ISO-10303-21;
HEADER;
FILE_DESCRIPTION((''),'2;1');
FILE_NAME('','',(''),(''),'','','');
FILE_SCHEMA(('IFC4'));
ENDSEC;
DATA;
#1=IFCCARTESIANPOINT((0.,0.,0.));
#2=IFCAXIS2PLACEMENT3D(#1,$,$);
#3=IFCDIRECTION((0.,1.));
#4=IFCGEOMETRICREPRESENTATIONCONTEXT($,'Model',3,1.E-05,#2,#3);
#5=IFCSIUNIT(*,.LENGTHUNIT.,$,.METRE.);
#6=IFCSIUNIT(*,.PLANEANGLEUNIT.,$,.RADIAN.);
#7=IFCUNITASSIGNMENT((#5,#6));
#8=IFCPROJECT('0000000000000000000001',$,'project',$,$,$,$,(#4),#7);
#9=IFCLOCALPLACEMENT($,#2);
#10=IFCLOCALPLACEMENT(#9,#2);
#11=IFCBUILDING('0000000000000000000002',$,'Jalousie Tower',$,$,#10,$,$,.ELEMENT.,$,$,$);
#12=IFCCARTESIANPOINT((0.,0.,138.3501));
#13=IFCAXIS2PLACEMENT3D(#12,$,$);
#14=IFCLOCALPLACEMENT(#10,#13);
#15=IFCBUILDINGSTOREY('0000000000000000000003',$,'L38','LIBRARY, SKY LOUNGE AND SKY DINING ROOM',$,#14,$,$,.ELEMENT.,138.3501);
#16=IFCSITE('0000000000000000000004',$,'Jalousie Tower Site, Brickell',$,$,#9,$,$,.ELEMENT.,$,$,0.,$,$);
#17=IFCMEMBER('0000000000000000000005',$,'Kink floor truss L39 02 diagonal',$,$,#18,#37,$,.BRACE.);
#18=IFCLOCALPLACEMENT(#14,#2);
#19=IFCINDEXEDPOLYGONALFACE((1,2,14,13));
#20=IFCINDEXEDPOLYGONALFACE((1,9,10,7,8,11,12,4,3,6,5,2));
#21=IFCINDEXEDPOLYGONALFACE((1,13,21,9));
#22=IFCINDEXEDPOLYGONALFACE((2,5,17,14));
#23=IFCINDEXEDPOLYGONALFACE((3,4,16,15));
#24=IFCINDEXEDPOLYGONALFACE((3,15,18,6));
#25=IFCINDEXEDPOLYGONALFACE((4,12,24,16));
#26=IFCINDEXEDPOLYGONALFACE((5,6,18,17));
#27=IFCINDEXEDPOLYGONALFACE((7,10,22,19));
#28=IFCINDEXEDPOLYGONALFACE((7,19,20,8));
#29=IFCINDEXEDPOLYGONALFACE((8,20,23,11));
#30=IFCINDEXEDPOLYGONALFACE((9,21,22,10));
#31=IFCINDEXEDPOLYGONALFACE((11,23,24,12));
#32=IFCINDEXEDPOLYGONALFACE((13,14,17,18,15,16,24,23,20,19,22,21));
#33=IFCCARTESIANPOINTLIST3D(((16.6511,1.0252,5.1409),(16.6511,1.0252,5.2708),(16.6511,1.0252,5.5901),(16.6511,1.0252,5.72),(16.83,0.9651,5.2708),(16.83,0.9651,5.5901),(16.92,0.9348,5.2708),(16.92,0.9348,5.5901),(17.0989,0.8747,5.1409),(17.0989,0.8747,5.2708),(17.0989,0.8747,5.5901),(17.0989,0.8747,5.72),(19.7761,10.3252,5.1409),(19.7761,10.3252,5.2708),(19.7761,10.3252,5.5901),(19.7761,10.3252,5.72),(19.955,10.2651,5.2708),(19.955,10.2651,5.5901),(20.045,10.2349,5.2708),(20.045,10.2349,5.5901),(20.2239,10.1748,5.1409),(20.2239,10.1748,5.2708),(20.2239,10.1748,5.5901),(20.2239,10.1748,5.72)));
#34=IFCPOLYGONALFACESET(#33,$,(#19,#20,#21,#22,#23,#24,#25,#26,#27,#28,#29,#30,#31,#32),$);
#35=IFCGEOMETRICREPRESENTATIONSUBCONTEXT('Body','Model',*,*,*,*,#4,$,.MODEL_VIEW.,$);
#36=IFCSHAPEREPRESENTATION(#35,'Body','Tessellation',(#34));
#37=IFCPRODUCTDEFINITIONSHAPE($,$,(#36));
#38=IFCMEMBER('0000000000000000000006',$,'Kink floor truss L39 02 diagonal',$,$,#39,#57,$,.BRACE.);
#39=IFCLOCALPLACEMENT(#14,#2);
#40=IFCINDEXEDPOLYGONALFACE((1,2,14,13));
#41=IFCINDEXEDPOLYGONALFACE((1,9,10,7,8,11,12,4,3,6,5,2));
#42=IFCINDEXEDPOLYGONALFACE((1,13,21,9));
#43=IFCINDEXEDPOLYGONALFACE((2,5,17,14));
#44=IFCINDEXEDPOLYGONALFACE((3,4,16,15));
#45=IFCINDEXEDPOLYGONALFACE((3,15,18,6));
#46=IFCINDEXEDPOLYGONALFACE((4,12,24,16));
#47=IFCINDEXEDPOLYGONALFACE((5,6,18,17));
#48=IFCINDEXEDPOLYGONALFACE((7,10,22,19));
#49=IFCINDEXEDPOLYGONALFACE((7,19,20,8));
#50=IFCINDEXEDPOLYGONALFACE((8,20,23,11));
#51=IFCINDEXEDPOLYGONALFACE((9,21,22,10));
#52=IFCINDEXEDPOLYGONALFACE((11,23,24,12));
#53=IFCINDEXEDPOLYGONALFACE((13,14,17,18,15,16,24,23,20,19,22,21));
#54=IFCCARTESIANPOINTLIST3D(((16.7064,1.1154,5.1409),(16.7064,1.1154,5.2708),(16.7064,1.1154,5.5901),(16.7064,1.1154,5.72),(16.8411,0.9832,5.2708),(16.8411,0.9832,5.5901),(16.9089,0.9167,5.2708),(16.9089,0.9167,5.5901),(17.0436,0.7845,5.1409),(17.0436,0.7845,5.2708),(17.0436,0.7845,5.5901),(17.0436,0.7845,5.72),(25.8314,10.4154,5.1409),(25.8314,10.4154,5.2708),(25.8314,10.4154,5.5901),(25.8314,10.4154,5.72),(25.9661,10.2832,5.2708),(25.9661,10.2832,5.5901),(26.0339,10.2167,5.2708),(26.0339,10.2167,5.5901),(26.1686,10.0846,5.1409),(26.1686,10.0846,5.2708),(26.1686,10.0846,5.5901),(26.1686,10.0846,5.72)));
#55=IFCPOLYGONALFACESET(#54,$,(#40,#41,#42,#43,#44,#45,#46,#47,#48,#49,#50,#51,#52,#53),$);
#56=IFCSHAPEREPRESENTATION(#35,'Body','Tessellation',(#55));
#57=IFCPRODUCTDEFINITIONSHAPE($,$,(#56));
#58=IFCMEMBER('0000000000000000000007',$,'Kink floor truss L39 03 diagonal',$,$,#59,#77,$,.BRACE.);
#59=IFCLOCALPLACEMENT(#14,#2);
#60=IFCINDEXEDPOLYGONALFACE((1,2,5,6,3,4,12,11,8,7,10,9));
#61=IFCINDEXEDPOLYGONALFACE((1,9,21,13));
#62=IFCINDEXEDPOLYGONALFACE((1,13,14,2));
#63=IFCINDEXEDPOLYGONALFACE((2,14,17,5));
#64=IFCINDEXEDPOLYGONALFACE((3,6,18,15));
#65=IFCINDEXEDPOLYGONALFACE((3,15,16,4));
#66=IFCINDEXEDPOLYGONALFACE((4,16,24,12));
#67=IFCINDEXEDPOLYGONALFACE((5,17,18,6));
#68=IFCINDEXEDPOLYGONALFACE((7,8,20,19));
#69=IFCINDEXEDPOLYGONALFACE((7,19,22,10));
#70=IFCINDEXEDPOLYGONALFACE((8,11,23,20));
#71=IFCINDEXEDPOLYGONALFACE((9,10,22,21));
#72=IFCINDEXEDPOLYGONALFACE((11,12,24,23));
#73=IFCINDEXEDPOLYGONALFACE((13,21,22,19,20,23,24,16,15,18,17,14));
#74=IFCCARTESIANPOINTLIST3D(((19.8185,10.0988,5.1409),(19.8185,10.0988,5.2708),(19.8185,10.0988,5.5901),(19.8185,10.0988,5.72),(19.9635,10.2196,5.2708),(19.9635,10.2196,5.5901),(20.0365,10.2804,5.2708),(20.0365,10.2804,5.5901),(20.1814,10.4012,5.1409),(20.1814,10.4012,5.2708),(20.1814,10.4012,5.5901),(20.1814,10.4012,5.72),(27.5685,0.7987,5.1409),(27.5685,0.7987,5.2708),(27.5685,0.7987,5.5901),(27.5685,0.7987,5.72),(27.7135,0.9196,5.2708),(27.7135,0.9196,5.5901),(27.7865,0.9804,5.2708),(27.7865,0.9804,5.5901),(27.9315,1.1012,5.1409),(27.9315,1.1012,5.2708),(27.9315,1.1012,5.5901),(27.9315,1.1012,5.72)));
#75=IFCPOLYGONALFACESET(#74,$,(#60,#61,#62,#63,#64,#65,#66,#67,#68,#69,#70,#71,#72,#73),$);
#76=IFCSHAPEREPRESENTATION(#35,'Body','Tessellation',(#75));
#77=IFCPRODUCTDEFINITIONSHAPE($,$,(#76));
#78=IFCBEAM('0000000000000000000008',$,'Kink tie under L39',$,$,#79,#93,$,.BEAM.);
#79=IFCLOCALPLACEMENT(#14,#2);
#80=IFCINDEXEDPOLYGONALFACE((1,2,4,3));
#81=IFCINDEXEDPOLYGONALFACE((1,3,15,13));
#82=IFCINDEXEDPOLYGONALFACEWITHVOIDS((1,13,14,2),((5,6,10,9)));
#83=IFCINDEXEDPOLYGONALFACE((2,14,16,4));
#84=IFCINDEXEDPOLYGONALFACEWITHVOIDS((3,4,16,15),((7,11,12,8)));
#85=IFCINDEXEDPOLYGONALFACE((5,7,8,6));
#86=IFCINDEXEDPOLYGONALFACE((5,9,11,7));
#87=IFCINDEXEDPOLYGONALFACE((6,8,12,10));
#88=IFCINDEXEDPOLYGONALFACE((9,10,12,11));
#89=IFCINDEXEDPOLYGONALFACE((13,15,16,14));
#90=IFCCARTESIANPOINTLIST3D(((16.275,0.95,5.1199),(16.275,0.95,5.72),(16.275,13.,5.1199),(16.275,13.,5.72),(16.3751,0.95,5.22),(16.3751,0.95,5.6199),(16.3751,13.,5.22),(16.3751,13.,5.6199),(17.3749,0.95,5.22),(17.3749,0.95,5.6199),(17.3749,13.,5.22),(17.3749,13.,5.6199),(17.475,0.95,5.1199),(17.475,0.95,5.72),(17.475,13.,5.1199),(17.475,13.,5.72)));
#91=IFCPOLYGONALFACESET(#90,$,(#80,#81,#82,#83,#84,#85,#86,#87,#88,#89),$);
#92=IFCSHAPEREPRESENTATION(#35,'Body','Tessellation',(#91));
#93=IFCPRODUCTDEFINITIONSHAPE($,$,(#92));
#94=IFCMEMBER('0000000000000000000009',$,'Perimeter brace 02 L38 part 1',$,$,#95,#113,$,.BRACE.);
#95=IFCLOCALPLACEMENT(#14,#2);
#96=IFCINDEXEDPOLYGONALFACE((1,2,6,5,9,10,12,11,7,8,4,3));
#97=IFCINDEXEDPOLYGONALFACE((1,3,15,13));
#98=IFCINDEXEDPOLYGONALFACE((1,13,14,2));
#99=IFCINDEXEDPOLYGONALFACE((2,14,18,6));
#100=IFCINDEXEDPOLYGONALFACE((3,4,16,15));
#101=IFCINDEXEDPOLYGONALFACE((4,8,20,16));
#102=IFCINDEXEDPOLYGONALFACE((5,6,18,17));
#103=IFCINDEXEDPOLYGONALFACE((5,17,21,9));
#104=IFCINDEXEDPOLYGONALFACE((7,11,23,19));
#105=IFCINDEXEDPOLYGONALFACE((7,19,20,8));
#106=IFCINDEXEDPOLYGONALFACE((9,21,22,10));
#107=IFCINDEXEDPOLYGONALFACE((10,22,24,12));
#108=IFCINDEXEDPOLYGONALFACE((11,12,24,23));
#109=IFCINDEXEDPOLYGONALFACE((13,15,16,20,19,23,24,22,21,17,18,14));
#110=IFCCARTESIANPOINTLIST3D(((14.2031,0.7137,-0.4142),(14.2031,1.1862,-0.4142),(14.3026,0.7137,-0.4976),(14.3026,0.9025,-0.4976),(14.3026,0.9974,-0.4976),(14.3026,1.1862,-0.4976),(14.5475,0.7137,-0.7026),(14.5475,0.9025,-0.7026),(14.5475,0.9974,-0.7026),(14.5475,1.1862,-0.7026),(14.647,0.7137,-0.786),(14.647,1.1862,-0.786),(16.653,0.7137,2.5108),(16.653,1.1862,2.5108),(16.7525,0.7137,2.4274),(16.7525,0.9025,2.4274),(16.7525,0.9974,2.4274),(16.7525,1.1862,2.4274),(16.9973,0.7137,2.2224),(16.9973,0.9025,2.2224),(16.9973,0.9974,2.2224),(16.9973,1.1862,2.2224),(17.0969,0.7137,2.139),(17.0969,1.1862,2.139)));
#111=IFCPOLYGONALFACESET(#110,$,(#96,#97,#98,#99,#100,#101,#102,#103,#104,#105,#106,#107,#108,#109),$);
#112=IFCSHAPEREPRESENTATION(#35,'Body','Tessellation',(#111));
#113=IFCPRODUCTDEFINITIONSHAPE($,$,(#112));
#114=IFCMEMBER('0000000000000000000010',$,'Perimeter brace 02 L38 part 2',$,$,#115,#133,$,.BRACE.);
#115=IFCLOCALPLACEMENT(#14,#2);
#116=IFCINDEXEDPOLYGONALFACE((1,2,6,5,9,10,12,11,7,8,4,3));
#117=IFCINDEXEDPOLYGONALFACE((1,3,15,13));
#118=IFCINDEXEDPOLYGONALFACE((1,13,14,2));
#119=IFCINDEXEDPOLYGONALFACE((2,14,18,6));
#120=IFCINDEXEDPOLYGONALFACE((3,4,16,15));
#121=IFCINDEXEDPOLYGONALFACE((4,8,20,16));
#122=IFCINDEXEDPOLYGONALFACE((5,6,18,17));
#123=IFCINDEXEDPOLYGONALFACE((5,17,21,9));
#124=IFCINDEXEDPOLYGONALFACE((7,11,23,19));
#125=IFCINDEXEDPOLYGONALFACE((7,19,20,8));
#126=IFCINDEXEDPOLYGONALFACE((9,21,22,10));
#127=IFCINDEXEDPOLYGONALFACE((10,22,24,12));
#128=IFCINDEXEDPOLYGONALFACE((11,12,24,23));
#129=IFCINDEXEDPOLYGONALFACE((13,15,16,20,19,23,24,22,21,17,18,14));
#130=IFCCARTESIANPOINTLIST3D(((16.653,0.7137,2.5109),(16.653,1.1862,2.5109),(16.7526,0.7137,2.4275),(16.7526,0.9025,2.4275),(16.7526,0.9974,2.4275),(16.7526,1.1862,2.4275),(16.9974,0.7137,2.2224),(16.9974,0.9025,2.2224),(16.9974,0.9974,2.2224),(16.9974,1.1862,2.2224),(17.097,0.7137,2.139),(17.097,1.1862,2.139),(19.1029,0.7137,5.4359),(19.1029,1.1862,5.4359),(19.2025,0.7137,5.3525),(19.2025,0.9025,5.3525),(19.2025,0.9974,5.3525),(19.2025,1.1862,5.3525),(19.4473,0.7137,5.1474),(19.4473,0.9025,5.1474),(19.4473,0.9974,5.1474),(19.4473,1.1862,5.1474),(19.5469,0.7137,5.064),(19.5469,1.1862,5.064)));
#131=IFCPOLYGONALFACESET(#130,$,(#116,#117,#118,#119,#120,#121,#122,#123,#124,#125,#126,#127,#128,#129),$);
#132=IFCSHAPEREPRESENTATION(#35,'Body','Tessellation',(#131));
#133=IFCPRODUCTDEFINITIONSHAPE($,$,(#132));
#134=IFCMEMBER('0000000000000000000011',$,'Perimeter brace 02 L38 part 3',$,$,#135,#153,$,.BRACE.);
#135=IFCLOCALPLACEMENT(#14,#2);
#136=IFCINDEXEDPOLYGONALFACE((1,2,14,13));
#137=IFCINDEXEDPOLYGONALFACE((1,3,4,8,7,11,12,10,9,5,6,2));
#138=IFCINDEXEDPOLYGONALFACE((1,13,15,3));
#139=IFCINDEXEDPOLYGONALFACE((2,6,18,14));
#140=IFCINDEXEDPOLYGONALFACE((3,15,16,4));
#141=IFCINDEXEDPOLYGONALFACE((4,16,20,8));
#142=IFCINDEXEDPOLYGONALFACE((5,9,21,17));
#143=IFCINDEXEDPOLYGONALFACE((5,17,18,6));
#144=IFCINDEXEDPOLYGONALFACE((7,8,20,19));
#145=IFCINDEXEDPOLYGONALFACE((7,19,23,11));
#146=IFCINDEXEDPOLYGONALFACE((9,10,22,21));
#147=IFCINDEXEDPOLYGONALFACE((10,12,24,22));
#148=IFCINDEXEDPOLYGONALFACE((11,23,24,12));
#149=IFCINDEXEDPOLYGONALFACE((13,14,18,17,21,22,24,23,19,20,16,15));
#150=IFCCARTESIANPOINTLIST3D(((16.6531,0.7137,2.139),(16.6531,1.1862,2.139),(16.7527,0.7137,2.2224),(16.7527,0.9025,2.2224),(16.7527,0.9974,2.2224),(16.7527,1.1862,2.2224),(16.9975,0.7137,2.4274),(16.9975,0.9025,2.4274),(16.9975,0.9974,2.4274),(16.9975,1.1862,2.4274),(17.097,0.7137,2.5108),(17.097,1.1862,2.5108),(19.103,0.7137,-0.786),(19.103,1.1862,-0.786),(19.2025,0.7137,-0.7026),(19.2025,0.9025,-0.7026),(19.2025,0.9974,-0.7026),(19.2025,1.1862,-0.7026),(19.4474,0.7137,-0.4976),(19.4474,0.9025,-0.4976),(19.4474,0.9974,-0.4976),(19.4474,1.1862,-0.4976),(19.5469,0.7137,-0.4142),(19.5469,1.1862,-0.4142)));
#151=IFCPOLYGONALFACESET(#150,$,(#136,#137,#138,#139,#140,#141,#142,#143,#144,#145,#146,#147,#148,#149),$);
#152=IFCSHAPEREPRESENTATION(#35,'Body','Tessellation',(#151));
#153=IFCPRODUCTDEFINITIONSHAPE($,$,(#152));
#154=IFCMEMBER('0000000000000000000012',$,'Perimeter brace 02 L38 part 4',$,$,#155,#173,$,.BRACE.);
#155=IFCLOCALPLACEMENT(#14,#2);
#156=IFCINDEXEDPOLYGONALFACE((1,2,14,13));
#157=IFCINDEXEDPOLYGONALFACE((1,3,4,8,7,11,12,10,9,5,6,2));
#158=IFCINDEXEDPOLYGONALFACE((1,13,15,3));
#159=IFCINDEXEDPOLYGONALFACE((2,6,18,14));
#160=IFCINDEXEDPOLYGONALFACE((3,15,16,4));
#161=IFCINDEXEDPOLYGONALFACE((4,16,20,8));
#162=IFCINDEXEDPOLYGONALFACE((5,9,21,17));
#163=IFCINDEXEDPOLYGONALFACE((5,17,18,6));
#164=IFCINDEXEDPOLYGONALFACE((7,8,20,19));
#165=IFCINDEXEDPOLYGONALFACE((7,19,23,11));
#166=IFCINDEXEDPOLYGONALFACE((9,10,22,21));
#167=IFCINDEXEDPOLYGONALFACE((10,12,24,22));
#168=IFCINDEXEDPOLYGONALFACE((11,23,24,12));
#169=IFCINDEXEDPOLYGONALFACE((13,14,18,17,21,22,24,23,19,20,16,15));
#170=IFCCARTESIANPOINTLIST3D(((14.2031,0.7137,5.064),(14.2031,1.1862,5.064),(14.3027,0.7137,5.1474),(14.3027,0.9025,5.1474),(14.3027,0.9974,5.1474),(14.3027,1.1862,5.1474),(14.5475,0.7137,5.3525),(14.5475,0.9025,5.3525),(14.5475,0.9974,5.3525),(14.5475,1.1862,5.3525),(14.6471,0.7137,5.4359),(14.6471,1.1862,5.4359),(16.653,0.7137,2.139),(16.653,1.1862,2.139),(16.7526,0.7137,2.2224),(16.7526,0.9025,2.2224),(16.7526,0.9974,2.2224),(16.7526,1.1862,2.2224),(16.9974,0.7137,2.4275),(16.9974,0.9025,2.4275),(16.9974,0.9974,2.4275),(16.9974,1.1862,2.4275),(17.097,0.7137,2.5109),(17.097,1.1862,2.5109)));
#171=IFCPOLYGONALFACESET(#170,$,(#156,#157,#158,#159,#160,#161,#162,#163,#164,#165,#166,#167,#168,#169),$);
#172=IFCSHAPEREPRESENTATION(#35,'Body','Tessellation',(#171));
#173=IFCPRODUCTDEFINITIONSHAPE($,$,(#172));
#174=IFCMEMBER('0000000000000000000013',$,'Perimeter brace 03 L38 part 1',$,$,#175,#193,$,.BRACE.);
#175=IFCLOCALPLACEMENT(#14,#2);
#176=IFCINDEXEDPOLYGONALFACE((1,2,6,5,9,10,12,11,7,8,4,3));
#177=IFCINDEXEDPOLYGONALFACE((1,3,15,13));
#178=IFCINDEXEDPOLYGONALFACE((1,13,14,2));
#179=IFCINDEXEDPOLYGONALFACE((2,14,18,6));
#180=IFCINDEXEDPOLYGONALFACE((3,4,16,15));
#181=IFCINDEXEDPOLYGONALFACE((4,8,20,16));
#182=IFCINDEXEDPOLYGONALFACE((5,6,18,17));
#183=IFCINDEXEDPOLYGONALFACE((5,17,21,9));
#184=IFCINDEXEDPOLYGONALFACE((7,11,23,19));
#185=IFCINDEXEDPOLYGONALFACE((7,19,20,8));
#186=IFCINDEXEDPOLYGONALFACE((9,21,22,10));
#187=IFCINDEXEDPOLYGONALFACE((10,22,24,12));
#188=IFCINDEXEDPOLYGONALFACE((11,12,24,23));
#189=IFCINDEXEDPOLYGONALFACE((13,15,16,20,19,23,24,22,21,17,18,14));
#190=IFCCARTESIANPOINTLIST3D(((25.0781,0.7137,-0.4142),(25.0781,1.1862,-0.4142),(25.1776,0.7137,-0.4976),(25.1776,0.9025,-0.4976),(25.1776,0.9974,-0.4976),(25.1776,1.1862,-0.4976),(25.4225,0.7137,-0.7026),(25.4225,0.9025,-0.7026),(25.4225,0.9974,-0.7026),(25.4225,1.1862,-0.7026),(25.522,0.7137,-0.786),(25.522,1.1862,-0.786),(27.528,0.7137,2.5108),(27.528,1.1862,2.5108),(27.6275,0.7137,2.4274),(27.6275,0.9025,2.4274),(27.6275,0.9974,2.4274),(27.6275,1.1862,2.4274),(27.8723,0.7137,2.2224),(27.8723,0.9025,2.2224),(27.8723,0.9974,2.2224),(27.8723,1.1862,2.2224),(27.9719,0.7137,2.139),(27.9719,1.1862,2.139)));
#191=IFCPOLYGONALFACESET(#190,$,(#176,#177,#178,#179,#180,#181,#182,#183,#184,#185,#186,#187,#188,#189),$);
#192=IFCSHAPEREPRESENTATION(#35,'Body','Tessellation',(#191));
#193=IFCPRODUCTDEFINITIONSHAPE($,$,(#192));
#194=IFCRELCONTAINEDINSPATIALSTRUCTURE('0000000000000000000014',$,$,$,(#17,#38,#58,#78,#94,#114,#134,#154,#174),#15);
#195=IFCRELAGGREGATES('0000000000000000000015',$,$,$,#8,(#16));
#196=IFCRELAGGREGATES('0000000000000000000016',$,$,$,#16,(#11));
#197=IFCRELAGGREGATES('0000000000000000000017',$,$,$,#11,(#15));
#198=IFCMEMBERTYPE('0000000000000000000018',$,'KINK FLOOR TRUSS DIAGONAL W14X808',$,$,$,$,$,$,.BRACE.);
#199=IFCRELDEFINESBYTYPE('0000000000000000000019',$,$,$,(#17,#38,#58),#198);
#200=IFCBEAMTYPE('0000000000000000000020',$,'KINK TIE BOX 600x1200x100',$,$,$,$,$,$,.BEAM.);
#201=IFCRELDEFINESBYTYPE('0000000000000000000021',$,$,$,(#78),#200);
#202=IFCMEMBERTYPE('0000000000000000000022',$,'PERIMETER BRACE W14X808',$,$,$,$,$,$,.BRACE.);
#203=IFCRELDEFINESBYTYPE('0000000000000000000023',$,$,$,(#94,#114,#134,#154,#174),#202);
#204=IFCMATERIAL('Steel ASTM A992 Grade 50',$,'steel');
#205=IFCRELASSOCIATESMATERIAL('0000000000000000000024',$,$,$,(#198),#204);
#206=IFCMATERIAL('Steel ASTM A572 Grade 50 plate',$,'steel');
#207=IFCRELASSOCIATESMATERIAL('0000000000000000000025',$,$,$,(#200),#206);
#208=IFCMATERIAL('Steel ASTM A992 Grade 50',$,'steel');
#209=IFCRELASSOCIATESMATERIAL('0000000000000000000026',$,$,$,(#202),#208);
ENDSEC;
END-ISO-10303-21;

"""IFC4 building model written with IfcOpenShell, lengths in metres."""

from ifc_helpers import new_model, si_unit, direction, frame, origin, origin_2d, place, context, subcontext, project, spatial, hollow_rectangle, i_section, extrude, material, material_profile, profile_set, type_object, element, save


model = new_model("IFC4")

# Units and contexts
model_context = context("Model", 3, precision=1e-05, world=origin(), true_north=direction((0.0, 1.0)))
body_context = subcontext(model_context, "Body", "Model", "MODEL_VIEW")
ifc_project = project(units=[si_unit("LENGTHUNIT", "METRE"), si_unit("PLANEANGLEUNIT", "RADIAN")], contexts=[model_context])

# Site, building, storey
site_placement = place(None, origin())
site = spatial("IfcSite", under=ifc_project, at=site_placement, Name="Jalousie Tower Site, Brickell", CompositionType="ELEMENT", RefElevation=0.0)
building_placement = place(site_placement, origin())
building = spatial("IfcBuilding", under=site, at=building_placement, Name="Jalousie Tower", CompositionType="ELEMENT")
storey_placement = place(building_placement, frame((0.0, 0.0, 138.3501)))
storey = spatial("IfcBuildingStorey", under=building, at=storey_placement, Name="L38", Description="LIBRARY, SKY LOUNGE AND SKY DINING ROOM", CompositionType="ELEMENT", Elevation=138.3501)

# Members
ifc_material_1 = material(Name="Steel ASTM A992 Grade 50", Category="steel")
ifc_material_profile_1 = material_profile(ifc_material_1, i_section(OverallWidth=0.4724, OverallDepth=0.5791, WebThickness=0.095, FlangeThickness=0.1299, at=origin_2d()), Name="W14X808")
ifc_profile_set_1 = profile_set([ifc_material_profile_1], Name="Steel ASTM A992 Grade 50")
member_type_1 = type_object("IfcMemberType", Name="KINK FLOOR TRUSS DIAGONAL W14X808", PredefinedType="BRACE", material=ifc_profile_set_1)
member_1_placement = place(storey_placement, frame((16.875, 0.95, 5.4304), z_axis=(0.318519, 0.947917, 0.0), x_axis=(-0.947917, 0.318519, 0.0)))
element("IfcMember", 1, at=member_1_placement, inside=storey, type_object=member_type_1, Name="Kink floor truss L39 02 diagonal", PredefinedType="BRACE", context=body_context, shape_type="SweptSolid", body=[
    extrude(i_section(OverallWidth=0.4724, OverallDepth=0.5791, WebThickness=0.095, FlangeThickness=0.1299, at=origin_2d()), origin(), (0.0, 0.0, 1.0), 9.811),
])
member_2_placement = place(storey_placement, frame((16.875, 0.95, 5.4304), z_axis=(0.700357, 0.713792, 0.0), x_axis=(-0.713792, 0.700357, 0.0)))
element("IfcMember", 2, at=member_2_placement, inside=storey, type_object=member_type_1, Name="Kink floor truss L39 02 diagonal", PredefinedType="BRACE", context=body_context, shape_type="SweptSolid", body=[
    extrude(i_section(OverallWidth=0.4724, OverallDepth=0.5791, WebThickness=0.095, FlangeThickness=0.1299, at=origin_2d()), origin(), (0.0, 0.0, 1.0), 13.0291),
])
member_3_placement = place(storey_placement, frame((27.75, 0.95, 5.4304), z_axis=(-0.640182, 0.768223, 0.0), x_axis=(-0.768223, -0.640182, 0.0)))
element("IfcMember", 3, at=member_3_placement, inside=storey, type_object=member_type_1, Name="Kink floor truss L39 03 diagonal", PredefinedType="BRACE", context=body_context, shape_type="SweptSolid", body=[
    extrude(i_section(OverallWidth=0.4724, OverallDepth=0.5791, WebThickness=0.095, FlangeThickness=0.1299, at=origin_2d()), origin(), (0.0, 0.0, 1.0), 12.106),
])

# Beam
ifc_material_2 = material(Name="Steel ASTM A572 Grade 50 plate", Category="steel")
ifc_material_profile_2 = material_profile(ifc_material_2, hollow_rectangle(XDim=1.2, YDim=0.6001, WallThickness=0.1001, at=origin_2d()), Name="BOX 600x1200x100")
ifc_profile_set_2 = profile_set([ifc_material_profile_2], Name="Steel ASTM A572 Grade 50 plate")
beam_type = type_object("IfcBeamType", Name="KINK TIE BOX 600x1200x100", PredefinedType="BEAM", material=ifc_profile_set_2)
beam_placement = place(storey_placement, frame((16.875, 0.95, 5.4199), z_axis=(0.0, 1.0, 0.0), x_axis=(-1.0, 0.0, 0.0)))
element("IfcBeam", 4, at=beam_placement, inside=storey, type_object=beam_type, Name="Kink tie under L39", PredefinedType="BEAM", context=body_context, shape_type="SweptSolid", body=[
    extrude(hollow_rectangle(XDim=1.2, YDim=0.6001, WallThickness=0.1001, at=origin_2d()), origin(), (0.0, 0.0, 1.0), 12.05),
])

# Members
ifc_material_3 = material(Name="Steel ASTM A992 Grade 50", Category="steel")
ifc_material_profile_3 = material_profile(ifc_material_3, i_section(OverallWidth=0.4724, OverallDepth=0.5791, WebThickness=0.095, FlangeThickness=0.1299, at=origin_2d()), Name="W14X808")
ifc_profile_set_3 = profile_set([ifc_material_profile_3], Name="Steel ASTM A992 Grade 50")
member_type_2 = type_object("IfcMemberType", Name="PERIMETER BRACE W14X808", PredefinedType="BRACE", material=ifc_profile_set_3)
for number, where, z_axis, x_axis, name in (
    (5, (14.425, 0.95, -0.6001), (0.642102, 0.0, 0.766619), (0.0, 1.0, 0.0), "Perimeter brace 02 L38 part 1"),
    (6, (16.875, 0.95, 2.325), (0.642102, 0.0, 0.766619), (0.0, 1.0, 0.0), "Perimeter brace 02 L38 part 2"),
    (7, (19.325, 0.95, -0.6001), (-0.642102, 0.0, 0.766619), (0.0, -1.0, 0.0), "Perimeter brace 02 L38 part 3"),
    (8, (16.875, 0.95, 2.325), (-0.642102, 0.0, 0.766619), (0.0, -1.0, 0.0), "Perimeter brace 02 L38 part 4"),
    (9, (25.3, 0.95, -0.6001), (0.642102, 0.0, 0.766619), (0.0, 1.0, 0.0), "Perimeter brace 03 L38 part 1"),
):
    element("IfcMember", number, at=place(storey_placement, frame(where, z_axis=z_axis, x_axis=x_axis)), inside=storey, type_object=member_type_2, Name=name, PredefinedType="BRACE", context=body_context, shape_type="SweptSolid", body=[
        extrude(i_section(OverallWidth=0.4724, OverallDepth=0.5791, WebThickness=0.095, FlangeThickness=0.1299, at=origin_2d()), origin(), (0.0, 0.0, 1.0), 3.8154),
    ])

save(model, "model.ifc")
